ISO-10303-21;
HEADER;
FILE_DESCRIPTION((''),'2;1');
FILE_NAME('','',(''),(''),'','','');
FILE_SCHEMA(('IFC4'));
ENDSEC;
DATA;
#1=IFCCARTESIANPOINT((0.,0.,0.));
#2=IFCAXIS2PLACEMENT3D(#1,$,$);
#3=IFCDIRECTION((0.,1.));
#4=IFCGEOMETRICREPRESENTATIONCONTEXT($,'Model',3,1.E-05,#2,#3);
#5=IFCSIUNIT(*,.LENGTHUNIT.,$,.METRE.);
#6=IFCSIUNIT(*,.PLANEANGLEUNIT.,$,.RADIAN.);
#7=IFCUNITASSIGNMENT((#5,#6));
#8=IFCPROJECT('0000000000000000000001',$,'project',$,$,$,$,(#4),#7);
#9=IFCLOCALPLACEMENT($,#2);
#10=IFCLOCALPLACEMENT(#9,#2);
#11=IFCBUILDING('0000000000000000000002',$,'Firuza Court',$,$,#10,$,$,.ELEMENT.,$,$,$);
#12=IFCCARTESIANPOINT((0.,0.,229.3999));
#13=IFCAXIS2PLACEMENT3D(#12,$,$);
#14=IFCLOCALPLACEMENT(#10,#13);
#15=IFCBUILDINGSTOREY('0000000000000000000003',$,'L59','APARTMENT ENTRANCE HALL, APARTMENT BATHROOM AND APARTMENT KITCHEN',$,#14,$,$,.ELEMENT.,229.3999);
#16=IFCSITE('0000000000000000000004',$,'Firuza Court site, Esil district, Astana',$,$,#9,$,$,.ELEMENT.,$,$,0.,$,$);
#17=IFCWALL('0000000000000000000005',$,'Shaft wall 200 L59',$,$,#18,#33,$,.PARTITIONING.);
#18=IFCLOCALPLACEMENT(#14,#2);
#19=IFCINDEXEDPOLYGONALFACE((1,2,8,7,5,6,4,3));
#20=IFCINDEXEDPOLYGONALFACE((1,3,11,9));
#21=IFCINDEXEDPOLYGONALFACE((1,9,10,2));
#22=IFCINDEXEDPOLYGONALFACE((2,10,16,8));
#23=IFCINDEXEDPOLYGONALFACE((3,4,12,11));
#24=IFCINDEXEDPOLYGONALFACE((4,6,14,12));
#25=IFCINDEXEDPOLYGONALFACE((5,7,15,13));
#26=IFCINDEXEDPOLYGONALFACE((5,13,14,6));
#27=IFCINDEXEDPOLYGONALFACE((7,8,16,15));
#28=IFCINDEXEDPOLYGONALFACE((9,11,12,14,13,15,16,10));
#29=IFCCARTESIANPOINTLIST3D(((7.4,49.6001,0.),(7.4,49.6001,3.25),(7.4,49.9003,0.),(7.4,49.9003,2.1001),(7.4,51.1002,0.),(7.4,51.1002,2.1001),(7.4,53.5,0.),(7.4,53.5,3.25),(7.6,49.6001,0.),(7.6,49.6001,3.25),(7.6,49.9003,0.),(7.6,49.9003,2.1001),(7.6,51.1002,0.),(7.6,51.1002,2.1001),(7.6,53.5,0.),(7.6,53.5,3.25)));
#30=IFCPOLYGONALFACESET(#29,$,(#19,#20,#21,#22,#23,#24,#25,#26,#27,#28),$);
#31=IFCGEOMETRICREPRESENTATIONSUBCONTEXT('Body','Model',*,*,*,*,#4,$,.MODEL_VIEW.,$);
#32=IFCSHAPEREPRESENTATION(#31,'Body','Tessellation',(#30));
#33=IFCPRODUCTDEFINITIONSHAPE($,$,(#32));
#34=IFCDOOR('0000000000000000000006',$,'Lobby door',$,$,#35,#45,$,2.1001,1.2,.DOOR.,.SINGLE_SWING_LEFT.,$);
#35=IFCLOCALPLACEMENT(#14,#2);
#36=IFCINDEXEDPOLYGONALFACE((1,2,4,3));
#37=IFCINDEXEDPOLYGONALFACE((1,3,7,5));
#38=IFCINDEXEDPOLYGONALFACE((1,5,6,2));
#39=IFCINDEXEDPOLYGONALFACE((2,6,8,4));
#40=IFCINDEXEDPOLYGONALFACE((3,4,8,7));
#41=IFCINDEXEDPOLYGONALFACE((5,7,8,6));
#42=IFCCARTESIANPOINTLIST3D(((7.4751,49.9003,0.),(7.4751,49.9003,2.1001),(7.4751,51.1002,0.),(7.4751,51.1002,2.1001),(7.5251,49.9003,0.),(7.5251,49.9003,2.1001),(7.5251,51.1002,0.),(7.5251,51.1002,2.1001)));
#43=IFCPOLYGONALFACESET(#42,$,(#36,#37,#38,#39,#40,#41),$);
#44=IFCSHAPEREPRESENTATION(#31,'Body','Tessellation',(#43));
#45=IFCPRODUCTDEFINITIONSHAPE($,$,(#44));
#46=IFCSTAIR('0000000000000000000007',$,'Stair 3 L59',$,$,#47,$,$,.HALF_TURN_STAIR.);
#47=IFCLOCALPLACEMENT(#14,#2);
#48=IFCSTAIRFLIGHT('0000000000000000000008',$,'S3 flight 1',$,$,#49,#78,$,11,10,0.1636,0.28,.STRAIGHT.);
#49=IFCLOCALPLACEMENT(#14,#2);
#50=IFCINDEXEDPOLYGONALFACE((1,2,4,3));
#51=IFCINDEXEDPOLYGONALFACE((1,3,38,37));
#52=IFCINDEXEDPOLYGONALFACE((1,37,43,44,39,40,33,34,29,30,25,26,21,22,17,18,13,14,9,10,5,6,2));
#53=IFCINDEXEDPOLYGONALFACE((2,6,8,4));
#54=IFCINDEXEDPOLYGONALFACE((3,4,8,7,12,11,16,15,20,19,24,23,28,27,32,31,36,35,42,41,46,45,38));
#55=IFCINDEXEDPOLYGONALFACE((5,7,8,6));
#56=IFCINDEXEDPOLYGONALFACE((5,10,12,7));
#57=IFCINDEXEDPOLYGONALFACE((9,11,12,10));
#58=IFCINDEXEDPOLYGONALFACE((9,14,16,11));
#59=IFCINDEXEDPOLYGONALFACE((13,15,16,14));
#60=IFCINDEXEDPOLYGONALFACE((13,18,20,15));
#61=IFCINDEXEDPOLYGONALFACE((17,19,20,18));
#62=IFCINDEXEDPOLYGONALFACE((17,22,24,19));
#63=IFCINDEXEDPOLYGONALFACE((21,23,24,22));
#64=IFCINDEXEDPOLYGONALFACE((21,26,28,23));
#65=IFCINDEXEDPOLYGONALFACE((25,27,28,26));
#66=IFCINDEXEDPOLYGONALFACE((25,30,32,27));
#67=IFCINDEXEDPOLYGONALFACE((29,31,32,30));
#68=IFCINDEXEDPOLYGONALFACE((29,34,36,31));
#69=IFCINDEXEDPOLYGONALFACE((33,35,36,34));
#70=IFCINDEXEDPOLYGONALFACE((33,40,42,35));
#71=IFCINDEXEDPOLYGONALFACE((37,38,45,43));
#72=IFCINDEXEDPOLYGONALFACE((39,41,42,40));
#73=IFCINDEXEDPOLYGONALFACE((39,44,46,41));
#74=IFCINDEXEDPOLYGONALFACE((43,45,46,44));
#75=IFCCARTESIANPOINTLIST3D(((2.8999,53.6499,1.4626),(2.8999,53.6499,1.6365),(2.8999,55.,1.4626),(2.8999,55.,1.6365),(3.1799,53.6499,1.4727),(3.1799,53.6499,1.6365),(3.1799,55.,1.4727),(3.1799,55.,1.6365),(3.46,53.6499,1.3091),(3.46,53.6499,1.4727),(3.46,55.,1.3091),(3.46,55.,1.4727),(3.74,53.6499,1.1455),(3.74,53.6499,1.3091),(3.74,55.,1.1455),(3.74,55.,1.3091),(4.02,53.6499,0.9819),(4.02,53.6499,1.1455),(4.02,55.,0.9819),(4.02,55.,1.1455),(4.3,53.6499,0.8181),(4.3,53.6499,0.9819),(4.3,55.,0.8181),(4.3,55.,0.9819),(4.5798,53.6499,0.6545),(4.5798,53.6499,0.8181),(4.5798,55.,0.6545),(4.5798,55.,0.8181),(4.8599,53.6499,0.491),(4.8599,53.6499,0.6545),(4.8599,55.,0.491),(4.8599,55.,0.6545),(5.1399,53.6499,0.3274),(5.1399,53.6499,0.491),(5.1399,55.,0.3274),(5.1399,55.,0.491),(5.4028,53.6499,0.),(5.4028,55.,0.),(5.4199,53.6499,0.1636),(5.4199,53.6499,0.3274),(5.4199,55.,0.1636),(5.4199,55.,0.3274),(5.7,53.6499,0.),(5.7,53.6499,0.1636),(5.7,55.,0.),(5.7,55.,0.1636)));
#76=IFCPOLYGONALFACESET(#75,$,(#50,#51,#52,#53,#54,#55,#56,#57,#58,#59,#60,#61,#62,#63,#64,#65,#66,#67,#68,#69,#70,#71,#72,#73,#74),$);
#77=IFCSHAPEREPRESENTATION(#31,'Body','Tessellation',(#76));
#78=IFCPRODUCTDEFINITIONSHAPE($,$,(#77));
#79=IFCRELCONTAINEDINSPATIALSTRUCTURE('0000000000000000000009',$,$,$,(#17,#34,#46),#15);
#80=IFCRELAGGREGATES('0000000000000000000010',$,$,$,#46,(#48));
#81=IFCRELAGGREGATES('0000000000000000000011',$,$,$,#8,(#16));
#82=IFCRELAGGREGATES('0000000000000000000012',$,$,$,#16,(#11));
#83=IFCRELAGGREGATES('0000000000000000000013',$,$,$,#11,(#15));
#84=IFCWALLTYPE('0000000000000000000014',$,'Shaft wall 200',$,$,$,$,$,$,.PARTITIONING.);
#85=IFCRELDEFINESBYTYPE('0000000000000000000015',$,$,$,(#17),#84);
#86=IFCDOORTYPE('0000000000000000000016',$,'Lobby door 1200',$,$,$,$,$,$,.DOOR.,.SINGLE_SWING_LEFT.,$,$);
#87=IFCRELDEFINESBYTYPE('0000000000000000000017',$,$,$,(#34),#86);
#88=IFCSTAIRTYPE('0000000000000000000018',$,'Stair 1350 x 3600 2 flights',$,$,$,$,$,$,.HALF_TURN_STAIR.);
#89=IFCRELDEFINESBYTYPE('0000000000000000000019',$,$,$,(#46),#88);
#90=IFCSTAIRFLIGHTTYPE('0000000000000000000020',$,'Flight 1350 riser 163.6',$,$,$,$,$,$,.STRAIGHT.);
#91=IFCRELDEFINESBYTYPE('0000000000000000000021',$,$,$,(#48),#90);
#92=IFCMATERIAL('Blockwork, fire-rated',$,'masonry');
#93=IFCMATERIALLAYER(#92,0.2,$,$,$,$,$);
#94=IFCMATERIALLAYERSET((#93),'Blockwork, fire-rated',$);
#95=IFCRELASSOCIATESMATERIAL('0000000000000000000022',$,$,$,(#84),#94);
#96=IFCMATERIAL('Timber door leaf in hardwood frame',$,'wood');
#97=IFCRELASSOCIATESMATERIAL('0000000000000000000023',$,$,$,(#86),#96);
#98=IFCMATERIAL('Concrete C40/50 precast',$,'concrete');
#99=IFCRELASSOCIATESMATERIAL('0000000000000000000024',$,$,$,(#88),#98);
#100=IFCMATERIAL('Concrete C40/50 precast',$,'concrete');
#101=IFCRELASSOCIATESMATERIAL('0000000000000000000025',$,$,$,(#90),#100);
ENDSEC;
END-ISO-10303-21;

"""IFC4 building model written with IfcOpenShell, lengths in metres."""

from ifc_helpers import new_model, si_unit, direction, frame, frame_2d, origin, place, context, subcontext, project, spatial, polyline, rectangle, outline, extrude, material, layer, layer_set, type_object, element, fill, aggregate, save


model = new_model("IFC4")

# Units and contexts
model_context = context("Model", 3, precision=1e-05, world=origin(), true_north=direction((0.0, 1.0)))
body_context = subcontext(model_context, "Body", "Model", "MODEL_VIEW")
ifc_project = project(units=[si_unit("LENGTHUNIT", "METRE"), si_unit("PLANEANGLEUNIT", "RADIAN")], contexts=[model_context])

# Site, building, storey
site_placement = place(None, origin())
site = spatial("IfcSite", under=ifc_project, at=site_placement, Name="Firuza Court site, Esil district, Astana", CompositionType="ELEMENT", RefElevation=0.0)
building_placement = place(site_placement, origin())
building = spatial("IfcBuilding", under=site, at=building_placement, Name="Firuza Court", CompositionType="ELEMENT")
storey_placement = place(building_placement, frame((0.0, 0.0, 229.3999)))
storey = spatial("IfcBuildingStorey", under=building, at=storey_placement, Name="L59", Description="APARTMENT ENTRANCE HALL, APARTMENT BATHROOM AND APARTMENT KITCHEN", CompositionType="ELEMENT", Elevation=229.3999)

# Shared definitions
ifc_material_1 = material(Name="Blockwork, fire-rated", Category="masonry")

# Shared definitions
ifc_layer_1 = layer(ifc_material_1, 0.2)
ifc_layer_set_1 = layer_set([ifc_layer_1], Name="Blockwork, fire-rated")
wall_type_1 = type_object("IfcWallType", Name="Shaft wall 200", PredefinedType="PARTITIONING", material=ifc_layer_set_1)

# Wall, opening, door
wall_1_placement = place(storey_placement, frame((7.5, 49.6001, 0.0), z_axis=(0.0, 0.0, 1.0), x_axis=(0.0, 1.0, 0.0)))
wall_1 = element("IfcWall", 1, at=wall_1_placement, inside=storey, type_object=wall_type_1, Name="Shaft wall 200 L59", PredefinedType="PARTITIONING", context=body_context, shape_type="SweptSolid", body=[
    extrude(rectangle(XDim=3.8999, YDim=0.2, at=frame_2d((1.95, 0.0))), origin(), (0.0, 0.0, 1.0), 3.25),
])
opening_1_placement = place(wall_1_placement, frame((0.3, 0.0, 0.0)))
opening_1 = element("IfcOpeningElement", 2, at=opening_1_placement, cuts=wall_1, PredefinedType="OPENING", context=body_context, shape_type="SweptSolid", body=[
    extrude(rectangle(XDim=1.2, YDim=2.1001, at=frame_2d((0.6001, 1.05))), frame((0.0, 0.1118, 0.0), z_axis=(0.0, -1.0, 0.0), x_axis=(1.0, 0.0, 0.0)), (0.0, 0.0, 1.0), 0.2239),
])
ifc_material_2 = material(Name="Timber door leaf in hardwood frame", Category="wood")
door_type_1 = type_object("IfcDoorType", Name="Lobby door 1200", OperationType="SINGLE_SWING_LEFT", PredefinedType="DOOR", material=ifc_material_2)
door_1_placement = place(opening_1_placement, origin())
door_1 = element("IfcDoor", 3, at=door_1_placement, inside=storey, type_object=door_type_1, Name="Lobby door", OperationType="SINGLE_SWING_LEFT", OverallHeight=2.1001, OverallWidth=1.2, PredefinedType="DOOR", context=body_context, shape_type="SweptSolid", body=[
    extrude(rectangle(XDim=1.2, YDim=2.1001, at=frame_2d((0.6001, 1.05))), frame((0.0, 0.0249, 0.0), z_axis=(0.0, -1.0, 0.0), x_axis=(1.0, 0.0, 0.0)), (0.0, 0.0, 1.0), 0.05),
])
fill(opening_1, door_1)

# Stair, stair flight
ifc_material_3 = material(Name="Concrete C40/50 precast", Category="concrete")
stair_type = type_object("IfcStairType", Name="Stair 1350 x 3600 2 flights", PredefinedType="HALF_TURN_STAIR", material=ifc_material_3)
stair_placement = place(storey_placement, origin())
stair = element("IfcStair", 4, at=stair_placement, inside=storey, type_object=stair_type, Name="Stair 3 L59", PredefinedType="HALF_TURN_STAIR")
ifc_material_4 = material(Name="Concrete C40/50 precast", Category="concrete")
stair_flight_type = type_object("IfcStairFlightType", Name="Flight 1350 riser 163.6", PredefinedType="STRAIGHT", material=ifc_material_4)
stair_flight_placement = place(storey_placement, frame((5.7, 54.325, 0.0), z_axis=(0.0, 0.0, 1.0), x_axis=(-1.0, 0.0, 0.0)))
stair_flight = element("IfcStairFlight", 5, at=stair_flight_placement, type_object=stair_flight_type, Name="S3 flight 1", NumberOfRisers=11, NumberOfTreads=10, PredefinedType="STRAIGHT", RiserHeight=0.1636, TreadLength=0.28, context=body_context, shape_type="SweptSolid", body=[
    extrude(outline(polyline([(0.0, 0.0), (0.0, 0.1636), (0.28, 0.1636), (0.28, 0.3274), (0.5601, 0.3274), (0.5601, 0.491), (0.8401, 0.491), (0.8401, 0.6545), (1.1201, 0.6545), (1.1201, 0.8181), (1.3999, 0.8181), (1.3999, 0.9819), (1.6799, 0.9819), (1.6799, 1.1455), (1.96, 1.1455), (1.96, 1.3091), (2.24, 1.3091), (2.24, 1.4727), (2.52, 1.4727), (2.52, 1.6365), (2.8, 1.6365), (2.8, 1.8), (2.8, 1.4626), (0.2971, 0.0), (0.0, 0.0)])), frame((0.0, 0.675, 0.0), z_axis=(0.0, -1.0, 0.0), x_axis=(1.0, 0.0, 0.0)), (0.0, 0.0, 1.0), 1.3501),
])
aggregate(stair, [stair_flight])

save(model, "model.ifc")
